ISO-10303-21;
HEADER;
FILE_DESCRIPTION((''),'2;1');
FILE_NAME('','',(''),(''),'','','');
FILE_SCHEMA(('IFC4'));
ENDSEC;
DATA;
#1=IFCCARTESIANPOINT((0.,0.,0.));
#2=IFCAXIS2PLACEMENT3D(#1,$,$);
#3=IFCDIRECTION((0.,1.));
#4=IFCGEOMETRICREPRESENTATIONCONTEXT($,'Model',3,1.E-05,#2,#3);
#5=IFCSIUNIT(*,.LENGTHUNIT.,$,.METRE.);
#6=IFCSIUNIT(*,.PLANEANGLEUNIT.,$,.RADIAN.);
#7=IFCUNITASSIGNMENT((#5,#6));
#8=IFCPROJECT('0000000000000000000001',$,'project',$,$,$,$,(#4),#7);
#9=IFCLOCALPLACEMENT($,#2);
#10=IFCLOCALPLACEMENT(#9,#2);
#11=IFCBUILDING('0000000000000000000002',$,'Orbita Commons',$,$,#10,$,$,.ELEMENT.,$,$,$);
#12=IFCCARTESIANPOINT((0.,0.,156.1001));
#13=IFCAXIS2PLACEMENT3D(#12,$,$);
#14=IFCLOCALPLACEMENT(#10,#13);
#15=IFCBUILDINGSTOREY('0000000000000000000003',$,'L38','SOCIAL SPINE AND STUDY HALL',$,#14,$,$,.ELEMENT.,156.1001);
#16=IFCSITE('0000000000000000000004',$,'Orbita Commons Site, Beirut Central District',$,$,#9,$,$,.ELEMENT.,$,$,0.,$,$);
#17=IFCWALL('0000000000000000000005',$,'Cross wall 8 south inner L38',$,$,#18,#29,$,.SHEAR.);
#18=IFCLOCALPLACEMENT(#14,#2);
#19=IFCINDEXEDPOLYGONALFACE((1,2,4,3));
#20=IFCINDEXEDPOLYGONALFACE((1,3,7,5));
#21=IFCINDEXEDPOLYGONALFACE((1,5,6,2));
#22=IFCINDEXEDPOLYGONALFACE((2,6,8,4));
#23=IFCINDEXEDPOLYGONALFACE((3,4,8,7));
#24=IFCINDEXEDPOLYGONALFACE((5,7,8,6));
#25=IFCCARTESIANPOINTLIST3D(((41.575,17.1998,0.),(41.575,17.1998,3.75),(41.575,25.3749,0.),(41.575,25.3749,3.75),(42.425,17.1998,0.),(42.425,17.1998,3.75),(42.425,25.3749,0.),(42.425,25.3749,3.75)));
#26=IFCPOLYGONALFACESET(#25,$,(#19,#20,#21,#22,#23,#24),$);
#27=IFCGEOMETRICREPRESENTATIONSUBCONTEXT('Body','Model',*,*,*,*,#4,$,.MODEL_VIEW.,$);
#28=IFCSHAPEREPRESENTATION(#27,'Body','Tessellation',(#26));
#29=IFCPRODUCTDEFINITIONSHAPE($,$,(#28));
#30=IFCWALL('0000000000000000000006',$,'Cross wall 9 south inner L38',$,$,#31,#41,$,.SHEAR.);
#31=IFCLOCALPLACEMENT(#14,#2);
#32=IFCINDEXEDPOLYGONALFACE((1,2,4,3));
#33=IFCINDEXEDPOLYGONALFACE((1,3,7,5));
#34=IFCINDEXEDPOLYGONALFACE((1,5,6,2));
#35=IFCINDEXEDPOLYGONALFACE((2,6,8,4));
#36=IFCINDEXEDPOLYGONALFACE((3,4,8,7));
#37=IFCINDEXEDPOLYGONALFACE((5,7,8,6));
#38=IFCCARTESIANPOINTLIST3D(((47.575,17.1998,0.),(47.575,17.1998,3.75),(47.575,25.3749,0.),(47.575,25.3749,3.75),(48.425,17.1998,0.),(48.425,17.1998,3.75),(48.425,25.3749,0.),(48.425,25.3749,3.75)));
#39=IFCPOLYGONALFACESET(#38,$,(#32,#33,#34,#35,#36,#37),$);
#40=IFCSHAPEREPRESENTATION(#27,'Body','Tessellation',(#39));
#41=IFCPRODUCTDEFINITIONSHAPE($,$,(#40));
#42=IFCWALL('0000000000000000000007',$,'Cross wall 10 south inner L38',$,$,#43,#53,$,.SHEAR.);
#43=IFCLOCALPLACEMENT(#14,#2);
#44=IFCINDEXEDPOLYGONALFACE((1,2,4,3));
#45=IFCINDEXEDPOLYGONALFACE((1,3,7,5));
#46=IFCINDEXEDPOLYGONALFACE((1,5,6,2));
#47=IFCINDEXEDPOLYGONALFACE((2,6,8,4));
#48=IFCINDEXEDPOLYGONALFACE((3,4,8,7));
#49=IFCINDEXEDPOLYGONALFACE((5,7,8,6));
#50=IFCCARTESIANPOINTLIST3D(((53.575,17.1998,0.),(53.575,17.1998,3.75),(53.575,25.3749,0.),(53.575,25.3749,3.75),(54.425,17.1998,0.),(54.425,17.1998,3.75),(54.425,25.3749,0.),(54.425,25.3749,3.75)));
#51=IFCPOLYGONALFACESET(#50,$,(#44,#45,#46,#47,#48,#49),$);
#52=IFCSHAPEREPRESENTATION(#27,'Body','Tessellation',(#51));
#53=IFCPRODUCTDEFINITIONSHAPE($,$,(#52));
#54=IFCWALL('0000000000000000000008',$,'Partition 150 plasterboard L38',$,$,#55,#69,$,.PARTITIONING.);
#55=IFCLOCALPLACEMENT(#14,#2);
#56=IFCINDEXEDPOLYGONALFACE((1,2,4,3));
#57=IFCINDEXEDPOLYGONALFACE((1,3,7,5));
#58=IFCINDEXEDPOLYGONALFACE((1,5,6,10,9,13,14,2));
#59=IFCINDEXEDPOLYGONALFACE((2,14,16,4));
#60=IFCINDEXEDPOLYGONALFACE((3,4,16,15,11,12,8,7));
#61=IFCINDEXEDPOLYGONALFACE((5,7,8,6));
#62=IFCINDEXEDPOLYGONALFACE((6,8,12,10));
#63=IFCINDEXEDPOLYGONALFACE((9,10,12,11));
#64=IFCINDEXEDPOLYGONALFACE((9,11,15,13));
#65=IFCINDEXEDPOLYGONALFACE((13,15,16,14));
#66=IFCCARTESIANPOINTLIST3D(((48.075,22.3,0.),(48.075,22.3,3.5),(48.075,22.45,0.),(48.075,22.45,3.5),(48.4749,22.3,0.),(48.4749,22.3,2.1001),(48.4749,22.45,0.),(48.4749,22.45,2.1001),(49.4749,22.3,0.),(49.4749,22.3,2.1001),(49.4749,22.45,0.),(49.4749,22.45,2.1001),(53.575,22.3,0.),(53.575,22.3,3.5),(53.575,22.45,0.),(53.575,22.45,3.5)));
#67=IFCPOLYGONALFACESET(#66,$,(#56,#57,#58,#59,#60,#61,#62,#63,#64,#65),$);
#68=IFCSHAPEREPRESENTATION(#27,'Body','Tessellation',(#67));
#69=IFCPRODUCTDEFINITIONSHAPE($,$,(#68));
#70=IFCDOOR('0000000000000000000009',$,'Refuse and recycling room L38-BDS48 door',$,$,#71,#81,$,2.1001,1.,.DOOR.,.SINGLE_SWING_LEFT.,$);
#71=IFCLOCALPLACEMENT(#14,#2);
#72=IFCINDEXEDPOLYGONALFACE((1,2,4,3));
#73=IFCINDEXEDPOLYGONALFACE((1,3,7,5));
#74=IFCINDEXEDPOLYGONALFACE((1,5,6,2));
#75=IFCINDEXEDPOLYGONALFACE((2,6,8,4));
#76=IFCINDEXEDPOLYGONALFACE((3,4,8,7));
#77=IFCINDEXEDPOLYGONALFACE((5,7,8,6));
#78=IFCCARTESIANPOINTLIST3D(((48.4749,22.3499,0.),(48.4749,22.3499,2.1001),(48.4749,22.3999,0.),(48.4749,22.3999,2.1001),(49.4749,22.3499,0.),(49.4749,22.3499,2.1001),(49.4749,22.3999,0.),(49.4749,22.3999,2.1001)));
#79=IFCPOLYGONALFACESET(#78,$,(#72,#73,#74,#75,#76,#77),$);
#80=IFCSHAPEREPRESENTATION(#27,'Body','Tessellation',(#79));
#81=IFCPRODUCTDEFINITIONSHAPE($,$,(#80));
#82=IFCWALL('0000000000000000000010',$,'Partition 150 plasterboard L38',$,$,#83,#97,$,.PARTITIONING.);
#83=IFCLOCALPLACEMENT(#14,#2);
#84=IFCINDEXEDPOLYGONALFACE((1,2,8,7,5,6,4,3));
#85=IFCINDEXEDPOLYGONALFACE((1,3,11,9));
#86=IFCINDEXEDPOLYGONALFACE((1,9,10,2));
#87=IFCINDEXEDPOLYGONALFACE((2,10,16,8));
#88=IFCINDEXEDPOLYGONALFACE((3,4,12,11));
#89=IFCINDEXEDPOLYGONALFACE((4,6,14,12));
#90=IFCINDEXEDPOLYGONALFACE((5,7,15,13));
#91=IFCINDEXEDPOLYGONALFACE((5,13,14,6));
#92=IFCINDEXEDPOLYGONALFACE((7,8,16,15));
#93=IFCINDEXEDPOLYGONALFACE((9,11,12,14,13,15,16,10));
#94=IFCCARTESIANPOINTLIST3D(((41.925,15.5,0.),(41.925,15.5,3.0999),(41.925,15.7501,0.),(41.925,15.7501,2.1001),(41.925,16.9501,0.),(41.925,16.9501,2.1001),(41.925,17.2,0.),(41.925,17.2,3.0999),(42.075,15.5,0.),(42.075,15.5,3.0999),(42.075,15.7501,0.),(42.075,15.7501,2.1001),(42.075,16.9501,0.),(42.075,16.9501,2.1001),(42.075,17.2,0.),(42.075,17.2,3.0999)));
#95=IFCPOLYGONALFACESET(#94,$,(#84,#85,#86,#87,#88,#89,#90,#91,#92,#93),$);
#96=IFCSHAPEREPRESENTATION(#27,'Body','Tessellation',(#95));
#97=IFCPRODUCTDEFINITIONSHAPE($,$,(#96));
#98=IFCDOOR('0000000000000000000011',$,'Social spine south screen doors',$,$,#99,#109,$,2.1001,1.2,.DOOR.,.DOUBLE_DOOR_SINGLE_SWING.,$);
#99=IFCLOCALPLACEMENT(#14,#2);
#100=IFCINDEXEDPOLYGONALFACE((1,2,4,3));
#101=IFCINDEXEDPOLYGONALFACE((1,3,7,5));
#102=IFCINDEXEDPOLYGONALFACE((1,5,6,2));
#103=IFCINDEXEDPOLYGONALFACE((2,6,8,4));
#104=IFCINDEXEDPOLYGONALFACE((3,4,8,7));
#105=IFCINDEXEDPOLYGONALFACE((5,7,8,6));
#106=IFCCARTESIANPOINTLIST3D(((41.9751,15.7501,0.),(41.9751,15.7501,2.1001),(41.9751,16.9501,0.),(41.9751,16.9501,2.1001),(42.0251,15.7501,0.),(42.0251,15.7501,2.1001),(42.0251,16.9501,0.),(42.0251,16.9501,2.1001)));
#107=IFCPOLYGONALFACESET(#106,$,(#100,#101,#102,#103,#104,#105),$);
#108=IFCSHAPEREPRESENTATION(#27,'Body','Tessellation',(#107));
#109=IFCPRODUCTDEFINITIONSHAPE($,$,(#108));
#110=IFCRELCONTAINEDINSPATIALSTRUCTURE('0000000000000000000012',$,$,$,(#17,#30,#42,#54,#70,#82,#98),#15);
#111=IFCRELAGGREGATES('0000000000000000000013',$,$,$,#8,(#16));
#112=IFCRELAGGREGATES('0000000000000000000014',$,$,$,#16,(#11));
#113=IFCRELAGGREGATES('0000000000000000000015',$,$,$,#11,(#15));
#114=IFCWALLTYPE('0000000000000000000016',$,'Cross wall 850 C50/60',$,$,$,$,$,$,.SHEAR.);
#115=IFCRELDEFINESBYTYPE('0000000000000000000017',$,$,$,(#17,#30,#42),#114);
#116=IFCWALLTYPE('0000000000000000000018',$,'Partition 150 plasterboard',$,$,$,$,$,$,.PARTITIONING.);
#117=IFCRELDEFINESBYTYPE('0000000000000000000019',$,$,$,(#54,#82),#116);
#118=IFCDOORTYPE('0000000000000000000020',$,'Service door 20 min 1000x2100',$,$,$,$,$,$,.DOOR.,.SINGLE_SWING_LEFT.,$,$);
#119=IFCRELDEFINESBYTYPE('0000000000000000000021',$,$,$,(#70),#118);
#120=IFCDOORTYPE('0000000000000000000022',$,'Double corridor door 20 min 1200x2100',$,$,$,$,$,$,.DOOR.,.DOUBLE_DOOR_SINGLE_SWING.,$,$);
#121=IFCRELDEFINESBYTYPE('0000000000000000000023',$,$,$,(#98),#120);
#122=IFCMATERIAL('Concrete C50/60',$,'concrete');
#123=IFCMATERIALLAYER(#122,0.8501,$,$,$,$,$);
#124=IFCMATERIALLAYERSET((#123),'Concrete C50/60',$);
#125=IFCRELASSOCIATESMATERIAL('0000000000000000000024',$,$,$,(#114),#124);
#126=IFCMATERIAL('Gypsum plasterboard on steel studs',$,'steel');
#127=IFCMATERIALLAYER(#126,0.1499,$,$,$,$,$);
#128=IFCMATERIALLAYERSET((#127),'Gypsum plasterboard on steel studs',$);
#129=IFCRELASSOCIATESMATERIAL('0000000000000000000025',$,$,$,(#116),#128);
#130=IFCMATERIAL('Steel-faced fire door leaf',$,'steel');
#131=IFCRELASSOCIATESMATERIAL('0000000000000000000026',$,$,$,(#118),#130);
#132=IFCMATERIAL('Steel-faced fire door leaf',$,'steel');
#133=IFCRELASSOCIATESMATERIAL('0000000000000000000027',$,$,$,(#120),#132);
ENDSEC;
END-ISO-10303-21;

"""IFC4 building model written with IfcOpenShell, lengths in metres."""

from ifc_helpers import new_model, si_unit, direction, frame, frame_2d, origin, place, context, subcontext, project, spatial, polyline, rectangle, outline, extrude, material, layer, layer_set, type_object, element, fill, save


model = new_model("IFC4")

# Units and contexts
model_context = context("Model", 3, precision=1e-05, world=origin(), true_north=direction((0.0, 1.0)))
body_context = subcontext(model_context, "Body", "Model", "MODEL_VIEW")
ifc_project = project(units=[si_unit("LENGTHUNIT", "METRE"), si_unit("PLANEANGLEUNIT", "RADIAN")], contexts=[model_context])

# Site, building, storey
site_placement = place(None, origin())
site = spatial("IfcSite", under=ifc_project, at=site_placement, Name="Orbita Commons Site, Beirut Central District", CompositionType="ELEMENT", RefElevation=0.0)
building_placement = place(site_placement, origin())
building = spatial("IfcBuilding", under=site, at=building_placement, Name="Orbita Commons", CompositionType="ELEMENT")
storey_placement = place(building_placement, frame((0.0, 0.0, 156.1001)))
storey = spatial("IfcBuildingStorey", under=building, at=storey_placement, Name="L38", Description="SOCIAL SPINE AND STUDY HALL", CompositionType="ELEMENT", Elevation=156.1001)

# Walls
ifc_material_1 = material(Name="Concrete C50/60", Category="concrete")
ifc_layer_1 = layer(ifc_material_1, 0.8501)
ifc_layer_set_1 = layer_set([ifc_layer_1], Name="Concrete C50/60")
wall_type_1 = type_object("IfcWallType", Name="Cross wall 850 C50/60", PredefinedType="SHEAR", material=ifc_layer_set_1)
for number, where, z_axis, x_axis, name in (
    (1, (42.0, 17.2, 0.0), (0.0, 0.0, 1.0), (0.0, 1.0, 0.0), "Cross wall 8 south inner L38"),
    (2, (48.0, 17.2, 0.0), (0.0, 0.0, 1.0), (0.0, 1.0, 0.0), "Cross wall 9 south inner L38"),
    (3, (54.0, 17.2, 0.0), (0.0, 0.0, 1.0), (0.0, 1.0, 0.0), "Cross wall 10 south inner L38"),
):
    element("IfcWall", number, at=place(storey_placement, frame(where, z_axis=z_axis, x_axis=x_axis)), inside=storey, type_object=wall_type_1, Name=name, PredefinedType="SHEAR", context=body_context, shape_type="SweptSolid", body=[
        extrude(rectangle(XDim=8.175, YDim=0.8501, at=frame_2d((4.0874, 0.0))), origin(), (0.0, 0.0, 1.0), 3.75),
    ])

# Walls, openings, doors
ifc_material_2 = material(Name="Gypsum plasterboard on steel studs", Category="steel")
ifc_layer_2 = layer(ifc_material_2, 0.1499)
ifc_layer_set_2 = layer_set([ifc_layer_2], Name="Gypsum plasterboard on steel studs")
wall_type_2 = type_object("IfcWallType", Name="Partition 150 plasterboard", PredefinedType="PARTITIONING", material=ifc_layer_set_2)
wall_1_placement = place(storey_placement, frame((48.075, 22.375, 0.0), z_axis=(0.0, 0.0, 1.0), x_axis=(1.0, 0.0, 0.0)))
wall_1 = element("IfcWall", 4, at=wall_1_placement, inside=storey, type_object=wall_type_2, Name="Partition 150 plasterboard L38", PredefinedType="PARTITIONING", context=body_context, shape_type="SweptSolid", body=[
    extrude(rectangle(XDim=5.5, YDim=0.1499, at=frame_2d((2.75, 0.0))), origin(), (0.0, 0.0, 1.0), 3.5),
])
opening_1_placement = place(wall_1_placement, frame((0.3999, 0.0, 0.0)))
opening_1 = element("IfcOpeningElement", 5, at=opening_1_placement, cuts=wall_1, PredefinedType="OPENING", context=body_context, shape_type="SweptSolid", body=[
    extrude(rectangle(XDim=1.0, YDim=2.1001, at=frame_2d((0.5, 1.05))), frame((0.0, 0.085, 0.0), z_axis=(0.0, -1.0, 0.0), x_axis=(1.0, 0.0, 0.0)), (0.0, 0.0, 1.0), 0.1699),
])
ifc_material_3 = material(Name="Steel-faced fire door leaf", Category="steel")
door_type_1 = type_object("IfcDoorType", Name="Service door 20 min 1000x2100", OperationType="SINGLE_SWING_LEFT", PredefinedType="DOOR", material=ifc_material_3)
door_1_placement = place(opening_1_placement, origin())
door_1 = element("IfcDoor", 6, at=door_1_placement, inside=storey, type_object=door_type_1, Name="Refuse and recycling room L38-BDS48 door", OperationType="SINGLE_SWING_LEFT", OverallHeight=2.1001, OverallWidth=1.0, PredefinedType="DOOR", context=body_context, shape_type="SweptSolid", body=[
    extrude(rectangle(XDim=1.0, YDim=2.1001, at=frame_2d((0.5, 1.05))), frame((0.0, 0.0249, 0.0), z_axis=(0.0, -1.0, 0.0), x_axis=(1.0, 0.0, 0.0)), (0.0, 0.0, 1.0), 0.05),
])
fill(opening_1, door_1)
wall_2_placement = place(storey_placement, frame((42.0, 15.5, 0.0), z_axis=(0.0, 0.0, 1.0), x_axis=(0.0, 1.0, 0.0)))
wall_2 = element("IfcWall", 7, at=wall_2_placement, inside=storey, type_object=wall_type_2, Name="Partition 150 plasterboard L38", PredefinedType="PARTITIONING", context=body_context, shape_type="SweptSolid", body=[
    extrude(outline(polyline([(0.0, 0.0), (1.7, 0.0), (1.7, 3.0999), (0.0, 3.0999), (0.0, 0.0)])), frame((0.0, 0.075, 0.0), z_axis=(0.0, -1.0, 0.0), x_axis=(1.0, 0.0, 0.0)), (0.0, 0.0, 1.0), 0.1499),
])
opening_2_placement = place(wall_2_placement, frame((0.25, 0.0, 0.0)))
opening_2 = element("IfcOpeningElement", 8, at=opening_2_placement, cuts=wall_2, PredefinedType="OPENING", context=body_context, shape_type="SweptSolid", body=[
    extrude(rectangle(XDim=1.2, YDim=2.1001, at=frame_2d((0.6001, 1.05))), frame((0.0, 0.085, 0.0), z_axis=(0.0, -1.0, 0.0), x_axis=(1.0, 0.0, 0.0)), (0.0, 0.0, 1.0), 0.1699),
])
ifc_material_4 = material(Name="Steel-faced fire door leaf", Category="steel")
door_type_2 = type_object("IfcDoorType", Name="Double corridor door 20 min 1200x2100", OperationType="DOUBLE_DOOR_SINGLE_SWING", PredefinedType="DOOR", material=ifc_material_4)
door_2_placement = place(opening_2_placement, origin())
door_2 = element("IfcDoor", 9, at=door_2_placement, inside=storey, type_object=door_type_2, Name="Social spine south screen doors", OperationType="DOUBLE_DOOR_SINGLE_SWING", OverallHeight=2.1001, OverallWidth=1.2, PredefinedType="DOOR", context=body_context, shape_type="SweptSolid", body=[
    extrude(rectangle(XDim=1.2, YDim=2.1001, at=frame_2d((0.6001, 1.05))), frame((0.0, 0.0249, 0.0), z_axis=(0.0, -1.0, 0.0), x_axis=(1.0, 0.0, 0.0)), (0.0, 0.0, 1.0), 0.05),
])
fill(opening_2, door_2)

save(model, "model.ifc")
